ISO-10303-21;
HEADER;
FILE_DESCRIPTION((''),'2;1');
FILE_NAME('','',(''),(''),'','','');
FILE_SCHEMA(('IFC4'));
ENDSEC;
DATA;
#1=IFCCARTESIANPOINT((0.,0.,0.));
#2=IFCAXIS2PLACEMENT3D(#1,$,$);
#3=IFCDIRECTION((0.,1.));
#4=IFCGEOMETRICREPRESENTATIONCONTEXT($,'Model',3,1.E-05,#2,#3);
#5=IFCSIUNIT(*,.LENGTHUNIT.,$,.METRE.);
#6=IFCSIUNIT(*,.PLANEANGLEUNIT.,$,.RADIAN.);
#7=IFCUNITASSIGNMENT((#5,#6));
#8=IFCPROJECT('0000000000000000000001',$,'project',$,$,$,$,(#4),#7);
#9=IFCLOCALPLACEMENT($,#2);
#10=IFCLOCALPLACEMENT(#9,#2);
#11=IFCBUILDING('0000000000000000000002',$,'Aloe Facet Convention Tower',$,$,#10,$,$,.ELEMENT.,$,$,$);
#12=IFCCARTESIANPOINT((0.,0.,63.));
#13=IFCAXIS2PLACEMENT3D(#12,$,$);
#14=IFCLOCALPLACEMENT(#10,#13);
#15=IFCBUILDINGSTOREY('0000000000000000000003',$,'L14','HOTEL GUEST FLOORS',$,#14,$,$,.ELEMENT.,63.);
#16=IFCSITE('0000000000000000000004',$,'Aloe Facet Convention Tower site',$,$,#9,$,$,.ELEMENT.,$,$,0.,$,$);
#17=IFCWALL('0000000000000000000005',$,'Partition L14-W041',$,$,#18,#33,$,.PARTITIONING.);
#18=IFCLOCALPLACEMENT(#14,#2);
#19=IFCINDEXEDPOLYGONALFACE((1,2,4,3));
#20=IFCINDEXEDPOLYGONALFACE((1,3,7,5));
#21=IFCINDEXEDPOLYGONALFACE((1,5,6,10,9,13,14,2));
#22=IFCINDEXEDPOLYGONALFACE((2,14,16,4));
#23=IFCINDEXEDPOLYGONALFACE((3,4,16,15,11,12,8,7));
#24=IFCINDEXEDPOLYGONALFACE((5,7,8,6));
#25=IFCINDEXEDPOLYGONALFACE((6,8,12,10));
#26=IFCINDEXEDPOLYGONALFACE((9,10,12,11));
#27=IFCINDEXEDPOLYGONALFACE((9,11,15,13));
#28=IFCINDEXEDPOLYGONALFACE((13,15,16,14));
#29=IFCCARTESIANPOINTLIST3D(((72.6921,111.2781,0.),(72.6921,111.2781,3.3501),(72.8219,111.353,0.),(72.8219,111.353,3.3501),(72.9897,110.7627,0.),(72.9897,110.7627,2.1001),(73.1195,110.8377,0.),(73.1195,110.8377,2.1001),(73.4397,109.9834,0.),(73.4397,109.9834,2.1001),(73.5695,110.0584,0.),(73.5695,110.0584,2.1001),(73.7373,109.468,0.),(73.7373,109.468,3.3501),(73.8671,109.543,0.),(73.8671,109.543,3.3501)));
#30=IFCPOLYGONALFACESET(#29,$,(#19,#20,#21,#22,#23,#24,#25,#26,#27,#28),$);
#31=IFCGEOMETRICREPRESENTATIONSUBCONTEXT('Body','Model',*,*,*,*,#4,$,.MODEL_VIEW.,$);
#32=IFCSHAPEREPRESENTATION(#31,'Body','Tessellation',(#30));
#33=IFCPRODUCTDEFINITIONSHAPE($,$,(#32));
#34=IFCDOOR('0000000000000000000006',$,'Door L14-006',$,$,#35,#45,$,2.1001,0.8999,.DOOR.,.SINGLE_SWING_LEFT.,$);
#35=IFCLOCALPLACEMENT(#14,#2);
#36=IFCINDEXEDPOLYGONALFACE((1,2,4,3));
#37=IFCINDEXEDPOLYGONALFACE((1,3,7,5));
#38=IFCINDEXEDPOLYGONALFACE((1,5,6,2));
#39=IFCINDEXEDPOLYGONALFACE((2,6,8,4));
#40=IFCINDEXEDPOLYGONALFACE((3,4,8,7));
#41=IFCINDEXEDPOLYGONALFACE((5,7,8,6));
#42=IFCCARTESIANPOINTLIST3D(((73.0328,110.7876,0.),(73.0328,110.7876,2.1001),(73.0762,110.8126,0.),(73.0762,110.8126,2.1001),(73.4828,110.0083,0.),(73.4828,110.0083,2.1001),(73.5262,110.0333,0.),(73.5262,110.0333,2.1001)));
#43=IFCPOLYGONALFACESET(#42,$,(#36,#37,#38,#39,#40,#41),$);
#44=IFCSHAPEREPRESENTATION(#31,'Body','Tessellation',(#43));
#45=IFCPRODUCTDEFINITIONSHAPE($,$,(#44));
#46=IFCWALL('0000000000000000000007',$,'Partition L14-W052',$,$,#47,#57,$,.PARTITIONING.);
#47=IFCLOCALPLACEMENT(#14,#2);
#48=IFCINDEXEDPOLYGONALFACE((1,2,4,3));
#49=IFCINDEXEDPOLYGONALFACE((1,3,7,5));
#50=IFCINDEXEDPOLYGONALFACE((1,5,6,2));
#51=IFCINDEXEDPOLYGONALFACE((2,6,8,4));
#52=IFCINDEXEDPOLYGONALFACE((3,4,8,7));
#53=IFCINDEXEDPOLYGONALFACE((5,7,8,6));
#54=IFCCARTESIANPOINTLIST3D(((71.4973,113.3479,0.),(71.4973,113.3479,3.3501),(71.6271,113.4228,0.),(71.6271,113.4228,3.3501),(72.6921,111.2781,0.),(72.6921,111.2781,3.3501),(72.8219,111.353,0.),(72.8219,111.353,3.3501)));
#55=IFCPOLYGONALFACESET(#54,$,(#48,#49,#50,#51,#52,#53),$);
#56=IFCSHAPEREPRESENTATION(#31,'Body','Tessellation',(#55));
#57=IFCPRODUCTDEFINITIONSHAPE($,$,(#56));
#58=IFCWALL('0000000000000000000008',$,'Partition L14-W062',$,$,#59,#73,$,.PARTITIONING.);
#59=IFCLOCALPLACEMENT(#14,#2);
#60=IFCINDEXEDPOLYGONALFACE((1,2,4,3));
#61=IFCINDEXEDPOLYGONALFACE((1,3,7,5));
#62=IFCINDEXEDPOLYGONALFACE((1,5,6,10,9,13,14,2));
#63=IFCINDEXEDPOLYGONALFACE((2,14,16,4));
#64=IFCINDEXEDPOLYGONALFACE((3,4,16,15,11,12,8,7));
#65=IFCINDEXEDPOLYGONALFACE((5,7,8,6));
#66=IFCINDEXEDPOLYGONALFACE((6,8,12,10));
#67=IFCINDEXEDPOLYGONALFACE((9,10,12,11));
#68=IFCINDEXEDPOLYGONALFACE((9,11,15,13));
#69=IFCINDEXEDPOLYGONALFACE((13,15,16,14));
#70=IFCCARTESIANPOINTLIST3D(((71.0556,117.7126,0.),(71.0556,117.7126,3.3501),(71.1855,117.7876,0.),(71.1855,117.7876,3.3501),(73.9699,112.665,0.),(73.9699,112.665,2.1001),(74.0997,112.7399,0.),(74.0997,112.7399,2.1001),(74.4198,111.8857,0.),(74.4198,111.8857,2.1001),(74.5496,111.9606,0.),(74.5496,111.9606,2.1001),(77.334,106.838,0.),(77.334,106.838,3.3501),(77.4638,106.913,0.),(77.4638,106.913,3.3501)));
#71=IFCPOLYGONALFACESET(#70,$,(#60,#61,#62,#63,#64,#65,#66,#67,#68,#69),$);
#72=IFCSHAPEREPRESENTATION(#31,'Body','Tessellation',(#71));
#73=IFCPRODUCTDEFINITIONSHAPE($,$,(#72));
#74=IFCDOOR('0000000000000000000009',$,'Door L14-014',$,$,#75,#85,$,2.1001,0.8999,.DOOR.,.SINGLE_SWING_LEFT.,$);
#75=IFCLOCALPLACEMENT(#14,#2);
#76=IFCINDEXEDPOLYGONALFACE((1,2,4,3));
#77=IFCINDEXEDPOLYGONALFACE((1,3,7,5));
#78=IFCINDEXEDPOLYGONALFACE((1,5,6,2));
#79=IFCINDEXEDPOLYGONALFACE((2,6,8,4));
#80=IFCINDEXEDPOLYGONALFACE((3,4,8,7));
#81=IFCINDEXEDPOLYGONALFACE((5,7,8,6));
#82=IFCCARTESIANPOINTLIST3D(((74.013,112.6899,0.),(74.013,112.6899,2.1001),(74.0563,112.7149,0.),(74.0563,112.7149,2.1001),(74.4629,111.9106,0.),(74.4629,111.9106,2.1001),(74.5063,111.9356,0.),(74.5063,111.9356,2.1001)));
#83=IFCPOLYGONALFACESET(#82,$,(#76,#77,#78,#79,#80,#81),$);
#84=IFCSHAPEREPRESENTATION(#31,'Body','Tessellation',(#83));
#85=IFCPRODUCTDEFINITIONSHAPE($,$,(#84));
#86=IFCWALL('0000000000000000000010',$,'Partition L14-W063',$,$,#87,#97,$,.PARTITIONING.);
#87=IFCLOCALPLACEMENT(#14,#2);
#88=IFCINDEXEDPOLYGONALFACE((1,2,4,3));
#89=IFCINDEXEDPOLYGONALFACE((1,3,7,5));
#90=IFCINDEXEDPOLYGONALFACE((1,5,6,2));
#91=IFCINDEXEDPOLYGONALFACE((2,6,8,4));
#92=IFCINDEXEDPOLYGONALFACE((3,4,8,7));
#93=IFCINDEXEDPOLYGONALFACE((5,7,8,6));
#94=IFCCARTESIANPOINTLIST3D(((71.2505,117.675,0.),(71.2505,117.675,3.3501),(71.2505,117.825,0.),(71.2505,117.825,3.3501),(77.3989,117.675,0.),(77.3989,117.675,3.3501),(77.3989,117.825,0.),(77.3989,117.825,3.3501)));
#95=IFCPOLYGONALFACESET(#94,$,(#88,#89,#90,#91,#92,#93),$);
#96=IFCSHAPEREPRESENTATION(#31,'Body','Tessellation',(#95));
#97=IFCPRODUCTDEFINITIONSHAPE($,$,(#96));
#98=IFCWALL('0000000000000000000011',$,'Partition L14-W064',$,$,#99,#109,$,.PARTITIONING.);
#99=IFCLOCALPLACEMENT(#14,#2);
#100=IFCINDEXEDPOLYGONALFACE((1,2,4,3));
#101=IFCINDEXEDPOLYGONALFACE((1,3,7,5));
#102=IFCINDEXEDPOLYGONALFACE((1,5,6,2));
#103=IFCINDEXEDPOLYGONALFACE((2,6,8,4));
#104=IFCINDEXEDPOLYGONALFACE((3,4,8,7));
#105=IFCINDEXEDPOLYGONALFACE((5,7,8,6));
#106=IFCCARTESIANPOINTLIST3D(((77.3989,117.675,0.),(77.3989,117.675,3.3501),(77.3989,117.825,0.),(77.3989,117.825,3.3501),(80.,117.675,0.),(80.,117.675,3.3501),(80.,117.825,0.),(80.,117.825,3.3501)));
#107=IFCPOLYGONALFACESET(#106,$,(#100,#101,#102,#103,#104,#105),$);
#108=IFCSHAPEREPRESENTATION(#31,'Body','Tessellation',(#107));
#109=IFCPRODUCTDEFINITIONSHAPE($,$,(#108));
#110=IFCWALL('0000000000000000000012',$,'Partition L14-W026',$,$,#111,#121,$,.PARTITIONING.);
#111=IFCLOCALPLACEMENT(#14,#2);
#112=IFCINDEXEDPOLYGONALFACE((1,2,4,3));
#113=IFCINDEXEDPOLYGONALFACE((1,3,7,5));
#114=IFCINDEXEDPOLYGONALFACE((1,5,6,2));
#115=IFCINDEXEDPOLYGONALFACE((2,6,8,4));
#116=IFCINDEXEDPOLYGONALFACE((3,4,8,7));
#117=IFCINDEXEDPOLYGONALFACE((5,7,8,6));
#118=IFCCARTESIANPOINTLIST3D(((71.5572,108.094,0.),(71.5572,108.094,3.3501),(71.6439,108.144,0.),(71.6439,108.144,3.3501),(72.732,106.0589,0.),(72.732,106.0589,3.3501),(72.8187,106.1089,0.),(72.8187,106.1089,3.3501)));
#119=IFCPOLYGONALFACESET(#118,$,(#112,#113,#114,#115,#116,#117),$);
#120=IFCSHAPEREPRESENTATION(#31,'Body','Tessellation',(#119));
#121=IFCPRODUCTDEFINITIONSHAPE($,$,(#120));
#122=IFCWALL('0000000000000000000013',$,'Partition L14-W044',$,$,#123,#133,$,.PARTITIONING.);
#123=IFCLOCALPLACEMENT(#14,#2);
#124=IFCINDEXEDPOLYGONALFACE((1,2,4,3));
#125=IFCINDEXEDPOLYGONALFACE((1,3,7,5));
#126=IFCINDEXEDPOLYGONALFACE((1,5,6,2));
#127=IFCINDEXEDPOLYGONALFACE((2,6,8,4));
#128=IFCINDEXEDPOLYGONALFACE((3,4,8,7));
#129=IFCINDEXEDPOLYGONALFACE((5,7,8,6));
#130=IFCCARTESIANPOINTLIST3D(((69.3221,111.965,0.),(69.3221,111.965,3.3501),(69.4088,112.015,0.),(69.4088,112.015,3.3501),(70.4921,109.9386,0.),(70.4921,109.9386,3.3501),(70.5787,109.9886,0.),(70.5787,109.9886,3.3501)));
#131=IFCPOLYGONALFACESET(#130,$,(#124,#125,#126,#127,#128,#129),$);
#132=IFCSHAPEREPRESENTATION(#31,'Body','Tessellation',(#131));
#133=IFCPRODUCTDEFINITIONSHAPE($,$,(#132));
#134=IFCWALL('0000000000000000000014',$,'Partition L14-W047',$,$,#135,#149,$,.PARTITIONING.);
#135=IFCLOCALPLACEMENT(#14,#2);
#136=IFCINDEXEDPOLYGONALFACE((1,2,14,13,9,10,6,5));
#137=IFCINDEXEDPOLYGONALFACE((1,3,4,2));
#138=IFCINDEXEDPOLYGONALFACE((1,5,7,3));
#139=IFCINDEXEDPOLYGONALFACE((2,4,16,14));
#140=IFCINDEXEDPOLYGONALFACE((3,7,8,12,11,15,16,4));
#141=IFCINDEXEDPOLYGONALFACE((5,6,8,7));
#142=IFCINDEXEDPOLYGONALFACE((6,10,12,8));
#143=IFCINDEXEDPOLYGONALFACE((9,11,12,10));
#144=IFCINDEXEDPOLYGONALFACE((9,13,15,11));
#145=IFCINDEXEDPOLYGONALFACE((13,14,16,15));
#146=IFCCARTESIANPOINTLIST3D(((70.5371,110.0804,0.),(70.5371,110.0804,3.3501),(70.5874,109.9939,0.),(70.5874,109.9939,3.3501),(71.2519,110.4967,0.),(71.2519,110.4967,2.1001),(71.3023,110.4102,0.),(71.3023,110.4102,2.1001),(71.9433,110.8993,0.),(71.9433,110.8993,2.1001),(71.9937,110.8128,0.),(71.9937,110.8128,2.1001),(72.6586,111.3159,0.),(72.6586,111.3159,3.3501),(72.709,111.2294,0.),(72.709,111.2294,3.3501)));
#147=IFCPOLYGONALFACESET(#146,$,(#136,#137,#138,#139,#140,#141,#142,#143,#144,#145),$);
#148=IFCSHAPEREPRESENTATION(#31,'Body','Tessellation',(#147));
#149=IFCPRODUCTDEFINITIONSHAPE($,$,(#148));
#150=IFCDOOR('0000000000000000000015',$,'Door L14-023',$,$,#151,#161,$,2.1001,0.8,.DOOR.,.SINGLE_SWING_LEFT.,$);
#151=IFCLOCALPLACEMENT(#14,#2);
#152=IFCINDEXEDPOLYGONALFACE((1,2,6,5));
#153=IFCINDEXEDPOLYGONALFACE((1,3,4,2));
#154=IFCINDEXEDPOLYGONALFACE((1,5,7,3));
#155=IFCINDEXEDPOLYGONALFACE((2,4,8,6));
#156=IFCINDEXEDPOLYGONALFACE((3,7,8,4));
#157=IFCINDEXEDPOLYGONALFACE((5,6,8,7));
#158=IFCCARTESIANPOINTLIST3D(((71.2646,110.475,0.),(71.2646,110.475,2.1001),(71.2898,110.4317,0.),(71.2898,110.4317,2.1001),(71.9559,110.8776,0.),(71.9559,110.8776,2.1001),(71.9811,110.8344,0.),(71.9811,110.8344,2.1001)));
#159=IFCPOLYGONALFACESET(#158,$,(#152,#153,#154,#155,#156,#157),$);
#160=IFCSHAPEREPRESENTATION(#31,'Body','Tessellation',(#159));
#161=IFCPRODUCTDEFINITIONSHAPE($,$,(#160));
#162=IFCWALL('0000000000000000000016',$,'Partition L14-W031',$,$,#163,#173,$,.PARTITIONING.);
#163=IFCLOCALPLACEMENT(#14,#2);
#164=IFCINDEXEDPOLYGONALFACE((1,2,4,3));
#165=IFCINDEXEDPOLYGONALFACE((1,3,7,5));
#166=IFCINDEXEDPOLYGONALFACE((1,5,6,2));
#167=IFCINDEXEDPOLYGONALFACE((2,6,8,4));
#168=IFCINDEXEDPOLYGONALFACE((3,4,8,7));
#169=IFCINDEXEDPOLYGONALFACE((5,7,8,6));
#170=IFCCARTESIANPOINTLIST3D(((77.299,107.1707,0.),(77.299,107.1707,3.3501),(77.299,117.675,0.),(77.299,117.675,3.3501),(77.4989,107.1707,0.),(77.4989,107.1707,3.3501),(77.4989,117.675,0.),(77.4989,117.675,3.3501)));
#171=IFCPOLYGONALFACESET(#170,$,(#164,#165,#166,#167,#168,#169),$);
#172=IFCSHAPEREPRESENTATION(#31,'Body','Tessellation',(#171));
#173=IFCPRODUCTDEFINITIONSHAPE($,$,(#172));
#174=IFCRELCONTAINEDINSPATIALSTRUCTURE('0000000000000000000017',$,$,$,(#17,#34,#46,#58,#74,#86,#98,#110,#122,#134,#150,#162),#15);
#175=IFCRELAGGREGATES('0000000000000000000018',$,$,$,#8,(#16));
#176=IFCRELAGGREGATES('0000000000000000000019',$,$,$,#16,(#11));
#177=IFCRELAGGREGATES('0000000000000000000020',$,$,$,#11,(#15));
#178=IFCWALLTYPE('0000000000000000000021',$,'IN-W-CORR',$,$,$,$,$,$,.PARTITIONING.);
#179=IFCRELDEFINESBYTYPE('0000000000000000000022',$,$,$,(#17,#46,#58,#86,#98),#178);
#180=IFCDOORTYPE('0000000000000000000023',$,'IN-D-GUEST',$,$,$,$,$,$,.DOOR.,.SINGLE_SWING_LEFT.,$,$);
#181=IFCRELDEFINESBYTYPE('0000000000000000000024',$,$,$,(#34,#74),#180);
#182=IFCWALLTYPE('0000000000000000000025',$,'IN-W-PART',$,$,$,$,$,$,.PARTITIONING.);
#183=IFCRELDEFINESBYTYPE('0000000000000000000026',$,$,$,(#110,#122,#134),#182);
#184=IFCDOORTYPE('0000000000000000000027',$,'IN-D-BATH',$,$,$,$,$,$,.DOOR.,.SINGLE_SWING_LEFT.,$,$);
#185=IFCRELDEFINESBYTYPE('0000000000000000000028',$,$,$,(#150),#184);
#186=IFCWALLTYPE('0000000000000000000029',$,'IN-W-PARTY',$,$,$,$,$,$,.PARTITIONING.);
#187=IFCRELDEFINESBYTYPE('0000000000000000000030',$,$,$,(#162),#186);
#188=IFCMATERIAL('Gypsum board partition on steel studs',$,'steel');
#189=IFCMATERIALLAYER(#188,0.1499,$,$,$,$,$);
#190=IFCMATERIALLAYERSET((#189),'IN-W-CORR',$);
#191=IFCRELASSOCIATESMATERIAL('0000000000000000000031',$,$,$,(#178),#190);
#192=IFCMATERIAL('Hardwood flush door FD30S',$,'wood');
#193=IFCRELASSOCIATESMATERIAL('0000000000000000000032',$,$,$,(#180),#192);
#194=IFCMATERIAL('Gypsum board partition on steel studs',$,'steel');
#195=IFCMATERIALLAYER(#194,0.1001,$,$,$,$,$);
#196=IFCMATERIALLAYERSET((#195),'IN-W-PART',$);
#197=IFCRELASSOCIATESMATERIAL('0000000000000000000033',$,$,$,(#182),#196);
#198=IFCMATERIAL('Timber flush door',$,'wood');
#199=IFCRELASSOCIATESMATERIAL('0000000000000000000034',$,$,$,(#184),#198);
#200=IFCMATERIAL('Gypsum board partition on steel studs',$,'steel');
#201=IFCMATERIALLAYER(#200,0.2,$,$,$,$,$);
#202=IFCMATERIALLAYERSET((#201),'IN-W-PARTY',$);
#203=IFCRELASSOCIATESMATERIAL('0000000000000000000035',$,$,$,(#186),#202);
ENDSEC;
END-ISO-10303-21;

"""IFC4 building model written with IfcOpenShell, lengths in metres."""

from ifc_helpers import new_model, si_unit, direction, frame, frame_2d, origin, place, context, subcontext, project, spatial, rectangle, extrude, material, layer, layer_set, type_object, element, fill, save


model = new_model("IFC4")

# Units and contexts
model_context = context("Model", 3, precision=1e-05, world=origin(), true_north=direction((0.0, 1.0)))
body_context = subcontext(model_context, "Body", "Model", "MODEL_VIEW")
ifc_project = project(units=[si_unit("LENGTHUNIT", "METRE"), si_unit("PLANEANGLEUNIT", "RADIAN")], contexts=[model_context])

# Site, building, storey
site_placement = place(None, origin())
site = spatial("IfcSite", under=ifc_project, at=site_placement, Name="Aloe Facet Convention Tower site", CompositionType="ELEMENT", RefElevation=0.0)
building_placement = place(site_placement, origin())
building = spatial("IfcBuilding", under=site, at=building_placement, Name="Aloe Facet Convention Tower", CompositionType="ELEMENT")
storey_placement = place(building_placement, frame((0.0, 0.0, 63.0)))
storey = spatial("IfcBuildingStorey", under=building, at=storey_placement, Name="L14", Description="HOTEL GUEST FLOORS", CompositionType="ELEMENT", Elevation=63.0)

# Shared definitions
ifc_material_1 = material(Name="Gypsum board partition on steel studs", Category="steel")
ifc_layer_1 = layer(ifc_material_1, 0.1499)
ifc_layer_set_1 = layer_set([ifc_layer_1], Name="IN-W-CORR")
wall_type_1 = type_object("IfcWallType", Name="IN-W-CORR", PredefinedType="PARTITIONING", material=ifc_layer_set_1)
ifc_material_2 = material(Name="Hardwood flush door FD30S", Category="wood")
door_type_1 = type_object("IfcDoorType", Name="IN-D-GUEST", OperationType="SINGLE_SWING_LEFT", PredefinedType="DOOR", material=ifc_material_2)

# Wall, opening, door
wall_1_placement = place(storey_placement, frame((72.7571, 111.3154, 0.0), z_axis=(0.0, 0.0, 1.0), x_axis=(0.500046, -0.865999, 0.0)))
wall_1 = element("IfcWall", 1, at=wall_1_placement, inside=storey, type_object=wall_type_1, Name="Partition L14-W041", PredefinedType="PARTITIONING", context=body_context, shape_type="SweptSolid", body=[
    extrude(rectangle(XDim=2.0901, YDim=0.1499, at=frame_2d((1.0449, 0.0))), origin(), (0.0, 0.0, 1.0), 3.3501),
])
opening_1_placement = place(wall_1_placement, frame((0.595, 0.0, 0.0)))
opening_1 = element("IfcOpeningElement", 2, at=opening_1_placement, cuts=wall_1, PredefinedType="OPENING", context=body_context, shape_type="SweptSolid", body=[
    extrude(rectangle(XDim=0.8999, YDim=2.1001, at=frame_2d((0.45, 1.05))), frame((0.0, 0.085, 0.0), z_axis=(0.0, -1.0, 0.0), x_axis=(1.0, 0.0, 0.0)), (0.0, 0.0, 1.0), 0.1699),
])
door_1_placement = place(opening_1_placement, origin())
door_1 = element("IfcDoor", 3, at=door_1_placement, inside=storey, type_object=door_type_1, Name="Door L14-006", OperationType="SINGLE_SWING_LEFT", OverallHeight=2.1001, OverallWidth=0.8999, PredefinedType="DOOR", context=body_context, shape_type="SweptSolid", body=[
    extrude(rectangle(XDim=0.8999, YDim=2.1001, at=frame_2d((0.45, 1.05))), frame((0.0, 0.0249, 0.0), z_axis=(0.0, -1.0, 0.0), x_axis=(1.0, 0.0, 0.0)), (0.0, 0.0, 1.0), 0.05),
])
fill(opening_1, door_1)

# Wall
wall_2_placement = place(storey_placement, frame((71.5623, 113.3853, 0.0), z_axis=(0.0, 0.0, 1.0), x_axis=(0.499941, -0.86606, 0.0)))
element("IfcWall", 4, at=wall_2_placement, inside=storey, type_object=wall_type_1, Name="Partition L14-W052", PredefinedType="PARTITIONING", context=body_context, shape_type="SweptSolid", body=[
    extrude(rectangle(XDim=2.3899, YDim=0.1499, at=frame_2d((1.1948, 0.0))), origin(), (0.0, 0.0, 1.0), 3.3501),
])

# Wall, opening, door
wall_3_placement = place(storey_placement, frame((71.1206, 117.75, 0.0), z_axis=(0.0, 0.0, 1.0), x_axis=(0.499995, -0.866028, 0.0)))
wall_3 = element("IfcWall", 5, at=wall_3_placement, inside=storey, type_object=wall_type_1, Name="Partition L14-W062", PredefinedType="PARTITIONING", context=body_context, shape_type="SweptSolid", body=[
    extrude(rectangle(XDim=12.5569, YDim=0.1499, at=frame_2d((6.2783, 0.0))), origin(), (0.0, 0.0, 1.0), 3.3501),
])
opening_2_placement = place(wall_3_placement, frame((5.8284, 0.0, 0.0)))
opening_2 = element("IfcOpeningElement", 6, at=opening_2_placement, cuts=wall_3, PredefinedType="OPENING", context=body_context, shape_type="SweptSolid", body=[
    extrude(rectangle(XDim=0.8999, YDim=2.1001, at=frame_2d((0.45, 1.05))), frame((0.0, 0.085, 0.0), z_axis=(0.0, -1.0, 0.0), x_axis=(1.0, 0.0, 0.0)), (0.0, 0.0, 1.0), 0.1699),
])
door_2_placement = place(opening_2_placement, origin())
door_2 = element("IfcDoor", 7, at=door_2_placement, inside=storey, type_object=door_type_1, Name="Door L14-014", OperationType="SINGLE_SWING_LEFT", OverallHeight=2.1001, OverallWidth=0.8999, PredefinedType="DOOR", context=body_context, shape_type="SweptSolid", body=[
    extrude(rectangle(XDim=0.8999, YDim=2.1001, at=frame_2d((0.45, 1.05))), frame((0.0, 0.0249, 0.0), z_axis=(0.0, -1.0, 0.0), x_axis=(1.0, 0.0, 0.0)), (0.0, 0.0, 1.0), 0.05),
])
fill(opening_2, door_2)

# Walls
wall_4_placement = place(storey_placement, frame((71.2505, 117.75, 0.0), z_axis=(0.0, 0.0, 1.0), x_axis=(1.0, 0.0, 0.0)))
element("IfcWall", 8, at=wall_4_placement, inside=storey, type_object=wall_type_1, Name="Partition L14-W063", PredefinedType="PARTITIONING", context=body_context, shape_type="SweptSolid", body=[
    extrude(rectangle(XDim=6.1484, YDim=0.1499, at=frame_2d((3.0742, 0.0))), origin(), (0.0, 0.0, 1.0), 3.3501),
])
wall_5_placement = place(storey_placement, frame((77.3989, 117.75, 0.0), z_axis=(0.0, 0.0, 1.0), x_axis=(1.0, 0.0, 0.0)))
element("IfcWall", 9, at=wall_5_placement, inside=storey, type_object=wall_type_1, Name="Partition L14-W064", PredefinedType="PARTITIONING", context=body_context, shape_type="SweptSolid", body=[
    extrude(rectangle(XDim=2.6011, YDim=0.1499, at=frame_2d((1.3005, 0.0))), origin(), (0.0, 0.0, 1.0), 3.3501),
])
ifc_material_3 = material(Name="Gypsum board partition on steel studs", Category="steel")
ifc_layer_2 = layer(ifc_material_3, 0.1001)
ifc_layer_set_2 = layer_set([ifc_layer_2], Name="IN-W-PART")
wall_type_2 = type_object("IfcWallType", Name="IN-W-PART", PredefinedType="PARTITIONING", material=ifc_layer_set_2)
wall_6_placement = place(storey_placement, frame((71.6006, 108.1189, 0.0), z_axis=(0.0, 0.0, 1.0), x_axis=(0.499938, -0.866061, 0.0)))
element("IfcWall", 10, at=wall_6_placement, inside=storey, type_object=wall_type_2, Name="Partition L14-W026", PredefinedType="PARTITIONING", context=body_context, shape_type="SweptSolid", body=[
    extrude(rectangle(XDim=2.3499, YDim=0.1001, at=frame_2d((1.1748, 0.0))), origin(), (0.0, 0.0, 1.0), 3.3501),
])
wall_7_placement = place(storey_placement, frame((69.3655, 111.99, 0.0), z_axis=(0.0, 0.0, 1.0), x_axis=(0.499999, -0.866026, 0.0)))
element("IfcWall", 11, at=wall_7_placement, inside=storey, type_object=wall_type_2, Name="Partition L14-W044", PredefinedType="PARTITIONING", context=body_context, shape_type="SweptSolid", body=[
    extrude(rectangle(XDim=2.3398, YDim=0.1001, at=frame_2d((1.1699, 0.0))), origin(), (0.0, 0.0, 1.0), 3.3501),
])

# Wall, opening, door
wall_8_placement = place(storey_placement, frame((70.5623, 110.0371, 0.0), z_axis=(0.0, 0.0, 1.0), x_axis=(0.864132, 0.503265, 0.0)))
wall_8 = element("IfcWall", 12, at=wall_8_placement, inside=storey, type_object=wall_type_2, Name="Partition L14-W047", PredefinedType="PARTITIONING", context=body_context, shape_type="SweptSolid", body=[
    extrude(rectangle(XDim=2.4551, YDim=0.1001, at=frame_2d((1.2275, 0.0))), origin(), (0.0, 0.0, 1.0), 3.3501),
])
opening_3_placement = place(wall_8_placement, frame((0.8274, 0.0, 0.0)))
opening_3 = element("IfcOpeningElement", 13, at=opening_3_placement, cuts=wall_8, PredefinedType="OPENING", context=body_context, shape_type="SweptSolid", body=[
    extrude(rectangle(XDim=0.8, YDim=2.1001, at=frame_2d((0.3999, 1.05))), frame((0.0, 0.0601, 0.0), z_axis=(0.0, -1.0, 0.0), x_axis=(1.0, 0.0, 0.0)), (0.0, 0.0, 1.0), 0.1201),
])
ifc_material_4 = material(Name="Timber flush door", Category="wood")
door_type_2 = type_object("IfcDoorType", Name="IN-D-BATH", OperationType="SINGLE_SWING_LEFT", PredefinedType="DOOR", material=ifc_material_4)
door_3_placement = place(opening_3_placement, origin())
door_3 = element("IfcDoor", 14, at=door_3_placement, inside=storey, type_object=door_type_2, Name="Door L14-023", OperationType="SINGLE_SWING_LEFT", OverallHeight=2.1001, OverallWidth=0.8, PredefinedType="DOOR", context=body_context, shape_type="SweptSolid", body=[
    extrude(rectangle(XDim=0.8, YDim=2.1001, at=frame_2d((0.3999, 1.05))), frame((0.0, 0.0249, 0.0), z_axis=(0.0, -1.0, 0.0), x_axis=(1.0, 0.0, 0.0)), (0.0, 0.0, 1.0), 0.05),
])
fill(opening_3, door_3)

# Wall
ifc_material_5 = material(Name="Gypsum board partition on steel studs", Category="steel")
ifc_layer_3 = layer(ifc_material_5, 0.2)
ifc_layer_set_3 = layer_set([ifc_layer_3], Name="IN-W-PARTY")
wall_type_3 = type_object("IfcWallType", Name="IN-W-PARTY", PredefinedType="PARTITIONING", material=ifc_layer_set_3)
wall_9_placement = place(storey_placement, frame((77.3989, 107.1707, 0.0), z_axis=(0.0, 0.0, 1.0), x_axis=(0.0, 1.0, 0.0)))
element("IfcWall", 15, at=wall_9_placement, inside=storey, type_object=wall_type_3, Name="Partition L14-W031", PredefinedType="PARTITIONING", context=body_context, shape_type="SweptSolid", body=[
    extrude(rectangle(XDim=10.5044, YDim=0.2, at=frame_2d((5.2522, 0.0))), origin(), (0.0, 0.0, 1.0), 3.3501),
])

save(model, "model.ifc")
